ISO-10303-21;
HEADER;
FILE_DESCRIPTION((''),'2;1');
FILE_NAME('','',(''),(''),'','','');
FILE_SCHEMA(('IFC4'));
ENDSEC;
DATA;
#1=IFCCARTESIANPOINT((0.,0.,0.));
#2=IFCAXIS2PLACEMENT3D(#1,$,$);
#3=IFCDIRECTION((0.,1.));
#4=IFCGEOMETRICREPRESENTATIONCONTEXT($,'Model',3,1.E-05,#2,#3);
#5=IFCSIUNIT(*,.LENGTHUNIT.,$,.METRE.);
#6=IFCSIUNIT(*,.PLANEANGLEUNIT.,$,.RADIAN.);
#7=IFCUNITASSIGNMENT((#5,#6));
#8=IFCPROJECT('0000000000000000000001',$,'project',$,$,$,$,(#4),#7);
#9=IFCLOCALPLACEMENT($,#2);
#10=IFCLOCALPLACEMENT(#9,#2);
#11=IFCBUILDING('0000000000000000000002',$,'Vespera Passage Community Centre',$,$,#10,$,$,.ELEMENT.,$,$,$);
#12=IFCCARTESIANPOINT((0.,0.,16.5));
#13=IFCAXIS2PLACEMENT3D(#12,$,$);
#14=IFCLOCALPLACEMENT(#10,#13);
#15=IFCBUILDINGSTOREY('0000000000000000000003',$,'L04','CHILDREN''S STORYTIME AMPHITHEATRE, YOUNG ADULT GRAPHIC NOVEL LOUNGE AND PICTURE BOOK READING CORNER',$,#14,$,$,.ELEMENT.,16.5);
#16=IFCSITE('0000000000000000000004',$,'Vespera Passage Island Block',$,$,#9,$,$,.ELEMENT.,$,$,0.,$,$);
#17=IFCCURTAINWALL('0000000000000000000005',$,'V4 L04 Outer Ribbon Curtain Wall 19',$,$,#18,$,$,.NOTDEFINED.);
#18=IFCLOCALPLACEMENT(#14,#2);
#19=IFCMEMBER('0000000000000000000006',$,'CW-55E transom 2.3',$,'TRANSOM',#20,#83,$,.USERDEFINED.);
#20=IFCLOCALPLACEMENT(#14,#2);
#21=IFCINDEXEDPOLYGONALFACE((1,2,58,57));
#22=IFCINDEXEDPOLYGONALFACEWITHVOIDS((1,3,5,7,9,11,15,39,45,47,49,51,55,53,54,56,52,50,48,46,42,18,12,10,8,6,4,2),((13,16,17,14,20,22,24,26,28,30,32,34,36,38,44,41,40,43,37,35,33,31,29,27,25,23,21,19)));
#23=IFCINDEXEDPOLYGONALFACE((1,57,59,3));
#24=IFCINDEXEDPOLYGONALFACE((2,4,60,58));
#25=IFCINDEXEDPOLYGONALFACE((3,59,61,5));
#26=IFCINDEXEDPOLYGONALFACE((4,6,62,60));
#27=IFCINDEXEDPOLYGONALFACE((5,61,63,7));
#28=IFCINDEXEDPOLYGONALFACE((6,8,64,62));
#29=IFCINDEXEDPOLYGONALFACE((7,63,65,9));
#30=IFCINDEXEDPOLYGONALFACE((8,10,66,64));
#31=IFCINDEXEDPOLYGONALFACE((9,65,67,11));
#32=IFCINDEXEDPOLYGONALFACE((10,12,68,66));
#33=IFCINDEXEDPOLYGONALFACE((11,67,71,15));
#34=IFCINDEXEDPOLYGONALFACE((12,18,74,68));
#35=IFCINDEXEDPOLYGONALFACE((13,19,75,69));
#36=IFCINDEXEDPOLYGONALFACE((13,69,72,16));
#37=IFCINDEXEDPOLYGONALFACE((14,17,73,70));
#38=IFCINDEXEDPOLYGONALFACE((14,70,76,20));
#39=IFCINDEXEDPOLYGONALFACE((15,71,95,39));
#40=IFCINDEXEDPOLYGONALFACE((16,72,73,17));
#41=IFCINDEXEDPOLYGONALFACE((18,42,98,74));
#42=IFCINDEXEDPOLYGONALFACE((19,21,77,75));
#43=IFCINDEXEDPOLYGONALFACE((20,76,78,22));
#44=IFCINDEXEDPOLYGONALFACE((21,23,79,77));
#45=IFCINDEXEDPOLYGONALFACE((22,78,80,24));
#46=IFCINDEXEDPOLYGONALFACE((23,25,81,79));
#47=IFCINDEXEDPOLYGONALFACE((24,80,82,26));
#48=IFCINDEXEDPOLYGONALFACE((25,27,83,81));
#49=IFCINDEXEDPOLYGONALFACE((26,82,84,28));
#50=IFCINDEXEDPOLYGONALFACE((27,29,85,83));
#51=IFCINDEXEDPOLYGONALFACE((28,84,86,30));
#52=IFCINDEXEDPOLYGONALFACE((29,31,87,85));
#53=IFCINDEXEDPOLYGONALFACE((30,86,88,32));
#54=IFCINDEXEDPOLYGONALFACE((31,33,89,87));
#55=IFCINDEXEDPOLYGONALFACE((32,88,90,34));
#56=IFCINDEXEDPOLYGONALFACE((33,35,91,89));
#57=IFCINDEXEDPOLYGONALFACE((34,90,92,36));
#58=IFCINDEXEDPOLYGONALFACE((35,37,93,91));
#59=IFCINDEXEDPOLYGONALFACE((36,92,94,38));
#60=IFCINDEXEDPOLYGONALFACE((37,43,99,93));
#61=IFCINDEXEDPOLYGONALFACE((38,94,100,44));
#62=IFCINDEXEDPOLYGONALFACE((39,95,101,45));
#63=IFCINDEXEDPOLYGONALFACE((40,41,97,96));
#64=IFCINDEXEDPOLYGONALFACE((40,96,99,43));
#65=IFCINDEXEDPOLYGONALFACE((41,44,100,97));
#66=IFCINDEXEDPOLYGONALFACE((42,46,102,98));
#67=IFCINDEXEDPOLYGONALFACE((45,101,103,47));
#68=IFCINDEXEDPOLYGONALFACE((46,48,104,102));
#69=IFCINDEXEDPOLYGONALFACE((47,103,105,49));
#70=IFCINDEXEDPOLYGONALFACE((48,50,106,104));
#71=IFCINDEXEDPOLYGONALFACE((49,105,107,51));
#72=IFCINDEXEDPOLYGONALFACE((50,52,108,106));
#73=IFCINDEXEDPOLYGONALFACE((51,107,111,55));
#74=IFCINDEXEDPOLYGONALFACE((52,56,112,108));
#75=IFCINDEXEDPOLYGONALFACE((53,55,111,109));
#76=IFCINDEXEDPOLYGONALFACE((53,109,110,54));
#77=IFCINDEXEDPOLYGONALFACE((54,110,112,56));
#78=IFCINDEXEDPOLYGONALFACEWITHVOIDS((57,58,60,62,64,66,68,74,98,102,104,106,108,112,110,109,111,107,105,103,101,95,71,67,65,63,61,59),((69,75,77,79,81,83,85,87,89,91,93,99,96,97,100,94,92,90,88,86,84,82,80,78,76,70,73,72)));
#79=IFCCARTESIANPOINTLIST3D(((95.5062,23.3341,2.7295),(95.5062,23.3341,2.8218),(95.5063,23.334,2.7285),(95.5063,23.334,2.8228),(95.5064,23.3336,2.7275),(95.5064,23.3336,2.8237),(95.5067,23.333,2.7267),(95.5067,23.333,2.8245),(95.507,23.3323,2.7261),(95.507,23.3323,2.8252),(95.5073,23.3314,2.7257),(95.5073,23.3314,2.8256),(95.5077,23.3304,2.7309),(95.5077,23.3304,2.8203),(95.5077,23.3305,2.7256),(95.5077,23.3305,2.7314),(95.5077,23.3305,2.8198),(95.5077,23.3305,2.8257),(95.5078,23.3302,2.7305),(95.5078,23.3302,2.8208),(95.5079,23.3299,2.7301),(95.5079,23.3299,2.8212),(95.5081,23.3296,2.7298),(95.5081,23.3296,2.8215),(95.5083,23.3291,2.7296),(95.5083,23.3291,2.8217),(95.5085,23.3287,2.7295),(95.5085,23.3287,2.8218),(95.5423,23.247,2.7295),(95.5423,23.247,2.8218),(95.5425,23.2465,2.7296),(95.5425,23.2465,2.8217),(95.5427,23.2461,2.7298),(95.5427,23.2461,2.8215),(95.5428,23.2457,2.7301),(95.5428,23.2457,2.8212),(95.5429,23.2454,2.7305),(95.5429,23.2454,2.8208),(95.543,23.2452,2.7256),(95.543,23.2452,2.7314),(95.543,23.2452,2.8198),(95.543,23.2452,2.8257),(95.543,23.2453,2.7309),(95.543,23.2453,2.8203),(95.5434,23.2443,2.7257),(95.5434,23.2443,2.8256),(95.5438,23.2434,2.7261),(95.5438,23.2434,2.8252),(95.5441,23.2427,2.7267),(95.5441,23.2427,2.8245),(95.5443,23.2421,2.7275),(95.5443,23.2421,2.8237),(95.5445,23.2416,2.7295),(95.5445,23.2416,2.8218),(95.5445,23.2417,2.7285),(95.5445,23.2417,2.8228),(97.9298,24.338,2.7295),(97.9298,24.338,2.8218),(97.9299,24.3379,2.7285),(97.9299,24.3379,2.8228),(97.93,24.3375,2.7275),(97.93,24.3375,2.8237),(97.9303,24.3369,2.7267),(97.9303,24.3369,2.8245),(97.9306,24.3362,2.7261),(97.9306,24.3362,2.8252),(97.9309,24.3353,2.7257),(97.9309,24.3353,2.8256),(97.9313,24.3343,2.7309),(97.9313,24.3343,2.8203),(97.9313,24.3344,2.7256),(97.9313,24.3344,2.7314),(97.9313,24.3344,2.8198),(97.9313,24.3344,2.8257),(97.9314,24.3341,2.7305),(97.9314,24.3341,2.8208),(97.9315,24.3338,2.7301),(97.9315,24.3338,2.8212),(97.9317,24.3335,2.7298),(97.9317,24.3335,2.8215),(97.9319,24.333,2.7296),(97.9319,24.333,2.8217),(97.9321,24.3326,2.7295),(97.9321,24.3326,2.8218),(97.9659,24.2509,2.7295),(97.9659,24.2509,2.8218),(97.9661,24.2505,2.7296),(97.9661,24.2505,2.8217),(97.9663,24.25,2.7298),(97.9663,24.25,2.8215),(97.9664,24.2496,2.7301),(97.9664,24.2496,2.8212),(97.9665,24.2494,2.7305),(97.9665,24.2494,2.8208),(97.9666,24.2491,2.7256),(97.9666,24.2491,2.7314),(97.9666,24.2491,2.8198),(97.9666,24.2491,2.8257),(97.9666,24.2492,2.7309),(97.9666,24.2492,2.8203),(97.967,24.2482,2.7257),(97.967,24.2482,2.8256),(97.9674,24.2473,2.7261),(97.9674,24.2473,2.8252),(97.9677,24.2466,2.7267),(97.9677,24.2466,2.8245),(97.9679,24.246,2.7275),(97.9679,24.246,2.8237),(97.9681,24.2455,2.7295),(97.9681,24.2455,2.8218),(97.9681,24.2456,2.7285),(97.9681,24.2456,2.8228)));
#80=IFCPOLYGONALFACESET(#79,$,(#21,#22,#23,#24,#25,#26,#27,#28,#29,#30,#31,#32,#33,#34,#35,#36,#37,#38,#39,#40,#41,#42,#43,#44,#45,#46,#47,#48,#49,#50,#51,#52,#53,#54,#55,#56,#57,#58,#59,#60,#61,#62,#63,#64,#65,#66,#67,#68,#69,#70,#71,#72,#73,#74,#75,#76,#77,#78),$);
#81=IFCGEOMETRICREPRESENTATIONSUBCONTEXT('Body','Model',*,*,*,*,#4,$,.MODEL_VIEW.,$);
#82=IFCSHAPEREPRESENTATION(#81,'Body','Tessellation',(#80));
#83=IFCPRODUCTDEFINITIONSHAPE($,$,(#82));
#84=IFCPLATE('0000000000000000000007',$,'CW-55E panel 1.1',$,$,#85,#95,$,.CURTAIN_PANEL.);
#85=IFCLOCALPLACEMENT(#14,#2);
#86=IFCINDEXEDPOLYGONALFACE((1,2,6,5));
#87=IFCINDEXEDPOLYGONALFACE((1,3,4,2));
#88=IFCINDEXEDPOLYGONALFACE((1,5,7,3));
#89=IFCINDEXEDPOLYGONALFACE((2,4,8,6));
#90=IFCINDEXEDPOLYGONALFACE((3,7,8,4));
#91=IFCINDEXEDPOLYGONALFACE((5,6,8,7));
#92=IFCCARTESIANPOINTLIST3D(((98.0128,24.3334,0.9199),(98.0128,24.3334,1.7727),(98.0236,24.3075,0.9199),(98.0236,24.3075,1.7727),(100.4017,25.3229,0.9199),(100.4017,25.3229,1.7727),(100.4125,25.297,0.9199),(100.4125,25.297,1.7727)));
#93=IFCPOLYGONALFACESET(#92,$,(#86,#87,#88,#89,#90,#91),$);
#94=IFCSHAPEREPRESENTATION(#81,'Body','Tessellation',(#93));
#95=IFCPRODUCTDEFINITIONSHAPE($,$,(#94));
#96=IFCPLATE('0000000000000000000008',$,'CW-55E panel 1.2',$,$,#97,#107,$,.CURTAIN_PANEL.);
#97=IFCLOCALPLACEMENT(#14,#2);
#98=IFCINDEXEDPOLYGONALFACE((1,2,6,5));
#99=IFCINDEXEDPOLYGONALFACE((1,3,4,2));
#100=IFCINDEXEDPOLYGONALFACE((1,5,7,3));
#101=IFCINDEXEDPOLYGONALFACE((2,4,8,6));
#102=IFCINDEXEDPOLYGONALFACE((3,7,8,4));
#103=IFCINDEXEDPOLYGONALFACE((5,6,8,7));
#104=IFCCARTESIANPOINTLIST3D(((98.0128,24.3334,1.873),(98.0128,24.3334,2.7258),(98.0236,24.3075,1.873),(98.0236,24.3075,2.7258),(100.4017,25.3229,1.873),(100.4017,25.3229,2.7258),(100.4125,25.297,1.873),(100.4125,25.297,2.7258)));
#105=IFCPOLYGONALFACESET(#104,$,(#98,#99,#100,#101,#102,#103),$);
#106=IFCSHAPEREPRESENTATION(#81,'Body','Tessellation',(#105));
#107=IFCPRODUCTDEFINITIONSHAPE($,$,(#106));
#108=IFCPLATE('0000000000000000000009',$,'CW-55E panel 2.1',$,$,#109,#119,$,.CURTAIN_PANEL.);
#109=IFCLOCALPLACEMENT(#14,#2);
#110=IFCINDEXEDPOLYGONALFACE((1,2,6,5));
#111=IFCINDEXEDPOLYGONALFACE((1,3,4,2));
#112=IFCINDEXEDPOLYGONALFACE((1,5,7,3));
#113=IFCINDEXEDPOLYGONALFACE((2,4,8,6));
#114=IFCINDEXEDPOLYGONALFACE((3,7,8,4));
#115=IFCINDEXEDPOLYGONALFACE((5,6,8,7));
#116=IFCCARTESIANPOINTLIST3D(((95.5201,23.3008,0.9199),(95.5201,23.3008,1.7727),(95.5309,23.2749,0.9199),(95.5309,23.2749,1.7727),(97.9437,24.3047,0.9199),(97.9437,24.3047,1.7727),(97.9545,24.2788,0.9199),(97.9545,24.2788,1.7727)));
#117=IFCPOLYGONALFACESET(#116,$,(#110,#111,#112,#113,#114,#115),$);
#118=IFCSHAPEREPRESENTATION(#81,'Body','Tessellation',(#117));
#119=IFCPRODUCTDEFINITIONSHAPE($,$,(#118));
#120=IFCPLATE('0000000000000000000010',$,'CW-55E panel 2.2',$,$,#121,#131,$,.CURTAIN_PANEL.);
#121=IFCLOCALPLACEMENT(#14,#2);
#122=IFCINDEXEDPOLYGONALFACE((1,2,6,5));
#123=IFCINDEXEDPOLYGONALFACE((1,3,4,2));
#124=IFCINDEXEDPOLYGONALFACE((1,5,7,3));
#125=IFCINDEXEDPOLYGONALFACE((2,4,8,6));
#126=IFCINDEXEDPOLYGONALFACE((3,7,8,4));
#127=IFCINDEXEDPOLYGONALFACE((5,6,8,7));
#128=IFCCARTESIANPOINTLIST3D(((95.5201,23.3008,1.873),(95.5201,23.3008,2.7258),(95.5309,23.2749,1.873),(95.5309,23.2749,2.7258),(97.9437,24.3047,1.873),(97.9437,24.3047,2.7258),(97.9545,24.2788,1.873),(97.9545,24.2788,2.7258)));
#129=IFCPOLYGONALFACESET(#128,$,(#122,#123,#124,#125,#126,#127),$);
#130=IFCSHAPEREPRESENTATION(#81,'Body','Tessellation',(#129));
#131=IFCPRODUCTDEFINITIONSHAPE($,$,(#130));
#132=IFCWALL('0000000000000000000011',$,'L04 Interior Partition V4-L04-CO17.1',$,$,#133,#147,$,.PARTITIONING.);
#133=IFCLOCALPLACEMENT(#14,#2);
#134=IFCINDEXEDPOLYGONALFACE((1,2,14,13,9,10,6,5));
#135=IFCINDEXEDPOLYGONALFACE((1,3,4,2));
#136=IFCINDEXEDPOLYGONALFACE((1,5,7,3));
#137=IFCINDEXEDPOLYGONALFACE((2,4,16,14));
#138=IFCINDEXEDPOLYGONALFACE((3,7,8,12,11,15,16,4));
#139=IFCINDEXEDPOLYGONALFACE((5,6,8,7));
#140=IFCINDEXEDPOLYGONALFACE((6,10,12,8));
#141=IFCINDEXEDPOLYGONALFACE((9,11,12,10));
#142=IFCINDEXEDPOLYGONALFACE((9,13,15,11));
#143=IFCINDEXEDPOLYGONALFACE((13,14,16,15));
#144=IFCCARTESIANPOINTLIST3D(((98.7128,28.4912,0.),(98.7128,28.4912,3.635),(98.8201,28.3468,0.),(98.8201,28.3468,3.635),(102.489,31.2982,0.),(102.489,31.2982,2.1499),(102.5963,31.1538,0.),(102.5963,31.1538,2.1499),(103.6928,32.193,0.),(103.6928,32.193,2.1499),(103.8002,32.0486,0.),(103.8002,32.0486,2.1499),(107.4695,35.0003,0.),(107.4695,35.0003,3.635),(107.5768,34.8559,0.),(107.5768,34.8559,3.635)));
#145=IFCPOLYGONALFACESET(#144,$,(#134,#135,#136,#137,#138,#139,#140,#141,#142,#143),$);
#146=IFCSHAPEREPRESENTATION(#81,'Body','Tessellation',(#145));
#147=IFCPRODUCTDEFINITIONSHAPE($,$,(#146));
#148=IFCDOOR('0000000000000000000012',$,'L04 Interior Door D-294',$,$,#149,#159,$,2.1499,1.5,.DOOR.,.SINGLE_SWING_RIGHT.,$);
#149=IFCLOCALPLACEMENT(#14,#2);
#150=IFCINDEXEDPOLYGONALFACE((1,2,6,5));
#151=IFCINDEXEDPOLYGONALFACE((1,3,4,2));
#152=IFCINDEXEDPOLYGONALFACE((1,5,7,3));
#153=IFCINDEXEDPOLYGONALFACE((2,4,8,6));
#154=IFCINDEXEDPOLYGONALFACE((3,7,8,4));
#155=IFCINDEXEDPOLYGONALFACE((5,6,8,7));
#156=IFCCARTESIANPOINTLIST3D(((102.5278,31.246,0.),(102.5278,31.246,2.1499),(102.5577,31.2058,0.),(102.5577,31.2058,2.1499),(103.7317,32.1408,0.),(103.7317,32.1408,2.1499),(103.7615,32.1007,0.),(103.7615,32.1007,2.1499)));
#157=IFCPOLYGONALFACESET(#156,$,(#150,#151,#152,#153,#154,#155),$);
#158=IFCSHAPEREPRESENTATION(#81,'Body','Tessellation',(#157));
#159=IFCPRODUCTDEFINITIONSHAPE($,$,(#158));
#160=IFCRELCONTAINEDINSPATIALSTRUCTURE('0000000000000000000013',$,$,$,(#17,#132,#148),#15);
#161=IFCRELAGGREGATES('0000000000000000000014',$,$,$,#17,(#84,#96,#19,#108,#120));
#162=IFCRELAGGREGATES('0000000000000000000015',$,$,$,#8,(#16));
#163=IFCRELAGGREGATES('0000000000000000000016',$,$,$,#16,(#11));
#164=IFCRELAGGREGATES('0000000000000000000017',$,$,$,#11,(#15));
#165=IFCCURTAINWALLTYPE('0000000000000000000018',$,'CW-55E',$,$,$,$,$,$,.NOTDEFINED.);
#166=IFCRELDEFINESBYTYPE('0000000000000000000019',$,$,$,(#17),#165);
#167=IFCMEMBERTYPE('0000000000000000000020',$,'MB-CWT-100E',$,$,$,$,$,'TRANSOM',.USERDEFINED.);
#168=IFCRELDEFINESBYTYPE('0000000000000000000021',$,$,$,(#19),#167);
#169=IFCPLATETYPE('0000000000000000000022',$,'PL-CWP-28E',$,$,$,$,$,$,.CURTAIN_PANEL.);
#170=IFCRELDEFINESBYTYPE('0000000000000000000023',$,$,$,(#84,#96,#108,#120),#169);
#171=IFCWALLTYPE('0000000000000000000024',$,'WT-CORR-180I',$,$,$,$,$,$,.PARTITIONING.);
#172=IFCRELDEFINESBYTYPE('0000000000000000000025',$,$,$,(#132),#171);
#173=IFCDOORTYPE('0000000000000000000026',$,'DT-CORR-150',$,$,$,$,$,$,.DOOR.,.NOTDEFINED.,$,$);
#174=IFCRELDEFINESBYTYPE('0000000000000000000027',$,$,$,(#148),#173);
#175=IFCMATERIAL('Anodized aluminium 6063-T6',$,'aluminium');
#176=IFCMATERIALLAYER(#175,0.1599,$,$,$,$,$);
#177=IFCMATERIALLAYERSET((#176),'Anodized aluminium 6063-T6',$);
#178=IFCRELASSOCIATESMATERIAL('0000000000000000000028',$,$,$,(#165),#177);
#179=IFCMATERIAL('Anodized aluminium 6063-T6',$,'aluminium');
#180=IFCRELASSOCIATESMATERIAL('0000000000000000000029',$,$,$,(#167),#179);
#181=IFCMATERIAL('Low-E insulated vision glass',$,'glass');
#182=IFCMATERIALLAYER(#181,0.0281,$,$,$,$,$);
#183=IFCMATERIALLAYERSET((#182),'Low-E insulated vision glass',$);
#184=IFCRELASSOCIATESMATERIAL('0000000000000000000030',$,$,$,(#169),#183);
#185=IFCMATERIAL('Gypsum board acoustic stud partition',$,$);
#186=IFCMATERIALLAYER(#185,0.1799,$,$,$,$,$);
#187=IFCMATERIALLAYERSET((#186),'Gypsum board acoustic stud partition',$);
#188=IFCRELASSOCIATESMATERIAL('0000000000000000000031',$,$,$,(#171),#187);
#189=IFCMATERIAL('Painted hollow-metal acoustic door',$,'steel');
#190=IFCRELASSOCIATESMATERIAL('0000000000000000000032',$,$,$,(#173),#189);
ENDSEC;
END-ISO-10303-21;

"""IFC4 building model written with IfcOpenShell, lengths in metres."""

from ifc_helpers import new_model, si_unit, direction, frame, frame_2d, origin, origin_2d, place, context, subcontext, project, spatial, rectangle, hollow_rectangle, extrude, material, layer, layer_set, material_profile, profile_set, type_object, element, fill, aggregate, save


model = new_model("IFC4")

# Units and contexts
model_context = context("Model", 3, precision=1e-05, world=origin(), true_north=direction((0.0, 1.0)))
body_context = subcontext(model_context, "Body", "Model", "MODEL_VIEW")
ifc_project = project(units=[si_unit("LENGTHUNIT", "METRE"), si_unit("PLANEANGLEUNIT", "RADIAN")], contexts=[model_context])

# Site, building, storey
site_placement = place(None, origin())
site = spatial("IfcSite", under=ifc_project, at=site_placement, Name="Vespera Passage Island Block", CompositionType="ELEMENT", RefElevation=0.0)
building_placement = place(site_placement, origin())
building = spatial("IfcBuilding", under=site, at=building_placement, Name="Vespera Passage Community Centre", CompositionType="ELEMENT")
storey_placement = place(building_placement, frame((0.0, 0.0, 16.5)))
storey = spatial("IfcBuildingStorey", under=building, at=storey_placement, Name="L04", Description="CHILDREN'S STORYTIME AMPHITHEATRE, YOUNG ADULT GRAPHIC NOVEL LOUNGE AND PICTURE BOOK READING CORNER", CompositionType="ELEMENT", Elevation=16.5)

# Curtain wall
ifc_material_1 = material(Name="Anodized aluminium 6063-T6", Category="aluminium")
ifc_layer_1 = layer(ifc_material_1, 0.1599)
ifc_layer_set_1 = layer_set([ifc_layer_1], Name="Anodized aluminium 6063-T6")
curtain_wall_type_1 = type_object("IfcCurtainWallType", Name="CW-55E", PredefinedType="NOTDEFINED", material=ifc_layer_set_1)
curtain_wall_1_placement = place(storey_placement, origin())
curtain_wall_1 = element("IfcCurtainWall", 1, at=curtain_wall_1_placement, inside=storey, type_object=curtain_wall_type_1, Name="V4 L04 Outer Ribbon Curtain Wall 19", PredefinedType="NOTDEFINED")

# Member
ifc_material_2 = material(Name="Anodized aluminium 6063-T6", Category="aluminium")
ifc_material_profile_1 = material_profile(ifc_material_2, hollow_rectangle(XDim=0.1001, YDim=0.1001, WallThickness=0.0039, InnerFilletRadius=0.002, OuterFilletRadius=0.0039, at=origin_2d()), Name="ALU100X100X4")
ifc_profile_set_1 = profile_set([ifc_material_profile_1], Name="Anodized aluminium 6063-T6")
member_type_1 = type_object("IfcMemberType", Name="MB-CWT-100E", ElementType="TRANSOM", PredefinedType="USERDEFINED", material=ifc_profile_set_1)
member_1_placement = place(storey_placement, frame((97.949, 24.2917, 2.7756), z_axis=(-0.923876, -0.382692, 0.0), x_axis=(0.382692, -0.923876, 0.0)))
member_1 = element("IfcMember", 2, at=member_1_placement, type_object=member_type_1, Name="CW-55E transom 2.3", ObjectType="TRANSOM", PredefinedType="USERDEFINED", context=body_context, shape_type="SweptSolid", body=[
    extrude(hollow_rectangle(XDim=0.1001, YDim=0.1001, WallThickness=0.0039, InnerFilletRadius=0.002, OuterFilletRadius=0.0039, at=origin_2d()), origin(), (0.0, 0.0, 1.0), 2.6233),
])

# Plates
ifc_material_3 = material(Name="Low-E insulated vision glass", Category="glass")
ifc_layer_2 = layer(ifc_material_3, 0.0281)
ifc_layer_set_2 = layer_set([ifc_layer_2], Name="Low-E insulated vision glass")
plate_type = type_object("IfcPlateType", Name="PL-CWP-28E", PredefinedType="CURTAIN_PANEL", material=ifc_layer_set_2)
plate_1_placement = place(storey_placement, frame((99.2126, 24.8152, 0.9199), z_axis=(0.0, 0.0, 1.0), x_axis=(-0.92388, -0.382683, 0.0)))
plate_1 = element("IfcPlate", 3, at=plate_1_placement, type_object=plate_type, Name="CW-55E panel 1.1", PredefinedType="CURTAIN_PANEL", context=body_context, shape_type="SweptSolid", body=[
    extrude(rectangle(XDim=2.5857, YDim=0.0281, at=origin_2d()), origin(), (0.0, 0.0, 1.0), 0.8528),
])
plate_2_placement = place(storey_placement, frame((99.2126, 24.8152, 1.873), z_axis=(0.0, 0.0, 1.0), x_axis=(-0.92388, -0.382683, 0.0)))
plate_2 = element("IfcPlate", 4, at=plate_2_placement, type_object=plate_type, Name="CW-55E panel 1.2", PredefinedType="CURTAIN_PANEL", context=body_context, shape_type="SweptSolid", body=[
    extrude(rectangle(XDim=2.5857, YDim=0.0281, at=origin_2d()), origin(), (0.0, 0.0, 1.0), 0.8528),
])
plate_3_placement = place(storey_placement, frame((96.7373, 23.7898, 0.9199), z_axis=(0.0, 0.0, 1.0), x_axis=(-0.92388, -0.382683, 0.0)))
plate_3 = element("IfcPlate", 5, at=plate_3_placement, type_object=plate_type, Name="CW-55E panel 2.1", PredefinedType="CURTAIN_PANEL", context=body_context, shape_type="SweptSolid", body=[
    extrude(rectangle(XDim=2.6233, YDim=0.0281, at=origin_2d()), origin(), (0.0, 0.0, 1.0), 0.8528),
])
plate_4_placement = place(storey_placement, frame((96.7373, 23.7898, 1.873), z_axis=(0.0, 0.0, 1.0), x_axis=(-0.92388, -0.382683, 0.0)))
plate_4 = element("IfcPlate", 6, at=plate_4_placement, type_object=plate_type, Name="CW-55E panel 2.2", PredefinedType="CURTAIN_PANEL", context=body_context, shape_type="SweptSolid", body=[
    extrude(rectangle(XDim=2.6233, YDim=0.0281, at=origin_2d()), origin(), (0.0, 0.0, 1.0), 0.8528),
])
aggregate(curtain_wall_1, [plate_1, plate_2, member_1, plate_3, plate_4])

# Wall, opening, door
ifc_material_4 = material(Name="Gypsum board acoustic stud partition")
ifc_layer_3 = layer(ifc_material_4, 0.1799)
ifc_layer_set_3 = layer_set([ifc_layer_3], Name="Gypsum board acoustic stud partition")
wall_type_1 = type_object("IfcWallType", Name="WT-CORR-180I", PredefinedType="PARTITIONING", material=ifc_layer_set_3)
wall_1_placement = place(storey_placement, frame((98.7664, 28.4189, 0.0), z_axis=(0.0, 0.0, 1.0), x_axis=(0.802562, 0.596568, 0.0)))
wall_1 = element("IfcWall", 7, at=wall_1_placement, inside=storey, type_object=wall_type_1, Name="L04 Interior Partition V4-L04-CO17.1", PredefinedType="PARTITIONING", context=body_context, shape_type="SweptSolid", body=[
    extrude(rectangle(XDim=10.9109, YDim=0.1799, at=frame_2d((5.4556, 0.0))), origin(), (0.0, 0.0, 1.0), 3.635),
])
opening_1_placement = place(wall_1_placement, frame((4.7053, 0.0, 0.0)))
opening_1 = element("IfcOpeningElement", 8, at=opening_1_placement, cuts=wall_1, PredefinedType="OPENING", context=body_context, shape_type="SweptSolid", body=[
    extrude(rectangle(XDim=1.5, YDim=2.1499, at=frame_2d((0.75, 1.075))), frame((0.0, 0.0999, 0.0), z_axis=(0.0, -1.0, 0.0), x_axis=(1.0, 0.0, 0.0)), (0.0, 0.0, 1.0), 0.2),
])
ifc_material_5 = material(Name="Painted hollow-metal acoustic door", Category="steel")
door_type_1 = type_object("IfcDoorType", Name="DT-CORR-150", OperationType="NOTDEFINED", PredefinedType="DOOR", material=ifc_material_5)
door_1_placement = place(opening_1_placement, origin())
door_1 = element("IfcDoor", 9, at=door_1_placement, inside=storey, type_object=door_type_1, Name="L04 Interior Door D-294", OperationType="SINGLE_SWING_RIGHT", OverallHeight=2.1499, OverallWidth=1.5, PredefinedType="DOOR", context=body_context, shape_type="SweptSolid", body=[
    extrude(rectangle(XDim=1.5, YDim=2.1499, at=frame_2d((0.75, 1.075))), frame((0.0, 0.0249, 0.0), z_axis=(0.0, -1.0, 0.0), x_axis=(1.0, 0.0, 0.0)), (0.0, 0.0, 1.0), 0.05),
])
fill(opening_1, door_1)

save(model, "model.ifc")
